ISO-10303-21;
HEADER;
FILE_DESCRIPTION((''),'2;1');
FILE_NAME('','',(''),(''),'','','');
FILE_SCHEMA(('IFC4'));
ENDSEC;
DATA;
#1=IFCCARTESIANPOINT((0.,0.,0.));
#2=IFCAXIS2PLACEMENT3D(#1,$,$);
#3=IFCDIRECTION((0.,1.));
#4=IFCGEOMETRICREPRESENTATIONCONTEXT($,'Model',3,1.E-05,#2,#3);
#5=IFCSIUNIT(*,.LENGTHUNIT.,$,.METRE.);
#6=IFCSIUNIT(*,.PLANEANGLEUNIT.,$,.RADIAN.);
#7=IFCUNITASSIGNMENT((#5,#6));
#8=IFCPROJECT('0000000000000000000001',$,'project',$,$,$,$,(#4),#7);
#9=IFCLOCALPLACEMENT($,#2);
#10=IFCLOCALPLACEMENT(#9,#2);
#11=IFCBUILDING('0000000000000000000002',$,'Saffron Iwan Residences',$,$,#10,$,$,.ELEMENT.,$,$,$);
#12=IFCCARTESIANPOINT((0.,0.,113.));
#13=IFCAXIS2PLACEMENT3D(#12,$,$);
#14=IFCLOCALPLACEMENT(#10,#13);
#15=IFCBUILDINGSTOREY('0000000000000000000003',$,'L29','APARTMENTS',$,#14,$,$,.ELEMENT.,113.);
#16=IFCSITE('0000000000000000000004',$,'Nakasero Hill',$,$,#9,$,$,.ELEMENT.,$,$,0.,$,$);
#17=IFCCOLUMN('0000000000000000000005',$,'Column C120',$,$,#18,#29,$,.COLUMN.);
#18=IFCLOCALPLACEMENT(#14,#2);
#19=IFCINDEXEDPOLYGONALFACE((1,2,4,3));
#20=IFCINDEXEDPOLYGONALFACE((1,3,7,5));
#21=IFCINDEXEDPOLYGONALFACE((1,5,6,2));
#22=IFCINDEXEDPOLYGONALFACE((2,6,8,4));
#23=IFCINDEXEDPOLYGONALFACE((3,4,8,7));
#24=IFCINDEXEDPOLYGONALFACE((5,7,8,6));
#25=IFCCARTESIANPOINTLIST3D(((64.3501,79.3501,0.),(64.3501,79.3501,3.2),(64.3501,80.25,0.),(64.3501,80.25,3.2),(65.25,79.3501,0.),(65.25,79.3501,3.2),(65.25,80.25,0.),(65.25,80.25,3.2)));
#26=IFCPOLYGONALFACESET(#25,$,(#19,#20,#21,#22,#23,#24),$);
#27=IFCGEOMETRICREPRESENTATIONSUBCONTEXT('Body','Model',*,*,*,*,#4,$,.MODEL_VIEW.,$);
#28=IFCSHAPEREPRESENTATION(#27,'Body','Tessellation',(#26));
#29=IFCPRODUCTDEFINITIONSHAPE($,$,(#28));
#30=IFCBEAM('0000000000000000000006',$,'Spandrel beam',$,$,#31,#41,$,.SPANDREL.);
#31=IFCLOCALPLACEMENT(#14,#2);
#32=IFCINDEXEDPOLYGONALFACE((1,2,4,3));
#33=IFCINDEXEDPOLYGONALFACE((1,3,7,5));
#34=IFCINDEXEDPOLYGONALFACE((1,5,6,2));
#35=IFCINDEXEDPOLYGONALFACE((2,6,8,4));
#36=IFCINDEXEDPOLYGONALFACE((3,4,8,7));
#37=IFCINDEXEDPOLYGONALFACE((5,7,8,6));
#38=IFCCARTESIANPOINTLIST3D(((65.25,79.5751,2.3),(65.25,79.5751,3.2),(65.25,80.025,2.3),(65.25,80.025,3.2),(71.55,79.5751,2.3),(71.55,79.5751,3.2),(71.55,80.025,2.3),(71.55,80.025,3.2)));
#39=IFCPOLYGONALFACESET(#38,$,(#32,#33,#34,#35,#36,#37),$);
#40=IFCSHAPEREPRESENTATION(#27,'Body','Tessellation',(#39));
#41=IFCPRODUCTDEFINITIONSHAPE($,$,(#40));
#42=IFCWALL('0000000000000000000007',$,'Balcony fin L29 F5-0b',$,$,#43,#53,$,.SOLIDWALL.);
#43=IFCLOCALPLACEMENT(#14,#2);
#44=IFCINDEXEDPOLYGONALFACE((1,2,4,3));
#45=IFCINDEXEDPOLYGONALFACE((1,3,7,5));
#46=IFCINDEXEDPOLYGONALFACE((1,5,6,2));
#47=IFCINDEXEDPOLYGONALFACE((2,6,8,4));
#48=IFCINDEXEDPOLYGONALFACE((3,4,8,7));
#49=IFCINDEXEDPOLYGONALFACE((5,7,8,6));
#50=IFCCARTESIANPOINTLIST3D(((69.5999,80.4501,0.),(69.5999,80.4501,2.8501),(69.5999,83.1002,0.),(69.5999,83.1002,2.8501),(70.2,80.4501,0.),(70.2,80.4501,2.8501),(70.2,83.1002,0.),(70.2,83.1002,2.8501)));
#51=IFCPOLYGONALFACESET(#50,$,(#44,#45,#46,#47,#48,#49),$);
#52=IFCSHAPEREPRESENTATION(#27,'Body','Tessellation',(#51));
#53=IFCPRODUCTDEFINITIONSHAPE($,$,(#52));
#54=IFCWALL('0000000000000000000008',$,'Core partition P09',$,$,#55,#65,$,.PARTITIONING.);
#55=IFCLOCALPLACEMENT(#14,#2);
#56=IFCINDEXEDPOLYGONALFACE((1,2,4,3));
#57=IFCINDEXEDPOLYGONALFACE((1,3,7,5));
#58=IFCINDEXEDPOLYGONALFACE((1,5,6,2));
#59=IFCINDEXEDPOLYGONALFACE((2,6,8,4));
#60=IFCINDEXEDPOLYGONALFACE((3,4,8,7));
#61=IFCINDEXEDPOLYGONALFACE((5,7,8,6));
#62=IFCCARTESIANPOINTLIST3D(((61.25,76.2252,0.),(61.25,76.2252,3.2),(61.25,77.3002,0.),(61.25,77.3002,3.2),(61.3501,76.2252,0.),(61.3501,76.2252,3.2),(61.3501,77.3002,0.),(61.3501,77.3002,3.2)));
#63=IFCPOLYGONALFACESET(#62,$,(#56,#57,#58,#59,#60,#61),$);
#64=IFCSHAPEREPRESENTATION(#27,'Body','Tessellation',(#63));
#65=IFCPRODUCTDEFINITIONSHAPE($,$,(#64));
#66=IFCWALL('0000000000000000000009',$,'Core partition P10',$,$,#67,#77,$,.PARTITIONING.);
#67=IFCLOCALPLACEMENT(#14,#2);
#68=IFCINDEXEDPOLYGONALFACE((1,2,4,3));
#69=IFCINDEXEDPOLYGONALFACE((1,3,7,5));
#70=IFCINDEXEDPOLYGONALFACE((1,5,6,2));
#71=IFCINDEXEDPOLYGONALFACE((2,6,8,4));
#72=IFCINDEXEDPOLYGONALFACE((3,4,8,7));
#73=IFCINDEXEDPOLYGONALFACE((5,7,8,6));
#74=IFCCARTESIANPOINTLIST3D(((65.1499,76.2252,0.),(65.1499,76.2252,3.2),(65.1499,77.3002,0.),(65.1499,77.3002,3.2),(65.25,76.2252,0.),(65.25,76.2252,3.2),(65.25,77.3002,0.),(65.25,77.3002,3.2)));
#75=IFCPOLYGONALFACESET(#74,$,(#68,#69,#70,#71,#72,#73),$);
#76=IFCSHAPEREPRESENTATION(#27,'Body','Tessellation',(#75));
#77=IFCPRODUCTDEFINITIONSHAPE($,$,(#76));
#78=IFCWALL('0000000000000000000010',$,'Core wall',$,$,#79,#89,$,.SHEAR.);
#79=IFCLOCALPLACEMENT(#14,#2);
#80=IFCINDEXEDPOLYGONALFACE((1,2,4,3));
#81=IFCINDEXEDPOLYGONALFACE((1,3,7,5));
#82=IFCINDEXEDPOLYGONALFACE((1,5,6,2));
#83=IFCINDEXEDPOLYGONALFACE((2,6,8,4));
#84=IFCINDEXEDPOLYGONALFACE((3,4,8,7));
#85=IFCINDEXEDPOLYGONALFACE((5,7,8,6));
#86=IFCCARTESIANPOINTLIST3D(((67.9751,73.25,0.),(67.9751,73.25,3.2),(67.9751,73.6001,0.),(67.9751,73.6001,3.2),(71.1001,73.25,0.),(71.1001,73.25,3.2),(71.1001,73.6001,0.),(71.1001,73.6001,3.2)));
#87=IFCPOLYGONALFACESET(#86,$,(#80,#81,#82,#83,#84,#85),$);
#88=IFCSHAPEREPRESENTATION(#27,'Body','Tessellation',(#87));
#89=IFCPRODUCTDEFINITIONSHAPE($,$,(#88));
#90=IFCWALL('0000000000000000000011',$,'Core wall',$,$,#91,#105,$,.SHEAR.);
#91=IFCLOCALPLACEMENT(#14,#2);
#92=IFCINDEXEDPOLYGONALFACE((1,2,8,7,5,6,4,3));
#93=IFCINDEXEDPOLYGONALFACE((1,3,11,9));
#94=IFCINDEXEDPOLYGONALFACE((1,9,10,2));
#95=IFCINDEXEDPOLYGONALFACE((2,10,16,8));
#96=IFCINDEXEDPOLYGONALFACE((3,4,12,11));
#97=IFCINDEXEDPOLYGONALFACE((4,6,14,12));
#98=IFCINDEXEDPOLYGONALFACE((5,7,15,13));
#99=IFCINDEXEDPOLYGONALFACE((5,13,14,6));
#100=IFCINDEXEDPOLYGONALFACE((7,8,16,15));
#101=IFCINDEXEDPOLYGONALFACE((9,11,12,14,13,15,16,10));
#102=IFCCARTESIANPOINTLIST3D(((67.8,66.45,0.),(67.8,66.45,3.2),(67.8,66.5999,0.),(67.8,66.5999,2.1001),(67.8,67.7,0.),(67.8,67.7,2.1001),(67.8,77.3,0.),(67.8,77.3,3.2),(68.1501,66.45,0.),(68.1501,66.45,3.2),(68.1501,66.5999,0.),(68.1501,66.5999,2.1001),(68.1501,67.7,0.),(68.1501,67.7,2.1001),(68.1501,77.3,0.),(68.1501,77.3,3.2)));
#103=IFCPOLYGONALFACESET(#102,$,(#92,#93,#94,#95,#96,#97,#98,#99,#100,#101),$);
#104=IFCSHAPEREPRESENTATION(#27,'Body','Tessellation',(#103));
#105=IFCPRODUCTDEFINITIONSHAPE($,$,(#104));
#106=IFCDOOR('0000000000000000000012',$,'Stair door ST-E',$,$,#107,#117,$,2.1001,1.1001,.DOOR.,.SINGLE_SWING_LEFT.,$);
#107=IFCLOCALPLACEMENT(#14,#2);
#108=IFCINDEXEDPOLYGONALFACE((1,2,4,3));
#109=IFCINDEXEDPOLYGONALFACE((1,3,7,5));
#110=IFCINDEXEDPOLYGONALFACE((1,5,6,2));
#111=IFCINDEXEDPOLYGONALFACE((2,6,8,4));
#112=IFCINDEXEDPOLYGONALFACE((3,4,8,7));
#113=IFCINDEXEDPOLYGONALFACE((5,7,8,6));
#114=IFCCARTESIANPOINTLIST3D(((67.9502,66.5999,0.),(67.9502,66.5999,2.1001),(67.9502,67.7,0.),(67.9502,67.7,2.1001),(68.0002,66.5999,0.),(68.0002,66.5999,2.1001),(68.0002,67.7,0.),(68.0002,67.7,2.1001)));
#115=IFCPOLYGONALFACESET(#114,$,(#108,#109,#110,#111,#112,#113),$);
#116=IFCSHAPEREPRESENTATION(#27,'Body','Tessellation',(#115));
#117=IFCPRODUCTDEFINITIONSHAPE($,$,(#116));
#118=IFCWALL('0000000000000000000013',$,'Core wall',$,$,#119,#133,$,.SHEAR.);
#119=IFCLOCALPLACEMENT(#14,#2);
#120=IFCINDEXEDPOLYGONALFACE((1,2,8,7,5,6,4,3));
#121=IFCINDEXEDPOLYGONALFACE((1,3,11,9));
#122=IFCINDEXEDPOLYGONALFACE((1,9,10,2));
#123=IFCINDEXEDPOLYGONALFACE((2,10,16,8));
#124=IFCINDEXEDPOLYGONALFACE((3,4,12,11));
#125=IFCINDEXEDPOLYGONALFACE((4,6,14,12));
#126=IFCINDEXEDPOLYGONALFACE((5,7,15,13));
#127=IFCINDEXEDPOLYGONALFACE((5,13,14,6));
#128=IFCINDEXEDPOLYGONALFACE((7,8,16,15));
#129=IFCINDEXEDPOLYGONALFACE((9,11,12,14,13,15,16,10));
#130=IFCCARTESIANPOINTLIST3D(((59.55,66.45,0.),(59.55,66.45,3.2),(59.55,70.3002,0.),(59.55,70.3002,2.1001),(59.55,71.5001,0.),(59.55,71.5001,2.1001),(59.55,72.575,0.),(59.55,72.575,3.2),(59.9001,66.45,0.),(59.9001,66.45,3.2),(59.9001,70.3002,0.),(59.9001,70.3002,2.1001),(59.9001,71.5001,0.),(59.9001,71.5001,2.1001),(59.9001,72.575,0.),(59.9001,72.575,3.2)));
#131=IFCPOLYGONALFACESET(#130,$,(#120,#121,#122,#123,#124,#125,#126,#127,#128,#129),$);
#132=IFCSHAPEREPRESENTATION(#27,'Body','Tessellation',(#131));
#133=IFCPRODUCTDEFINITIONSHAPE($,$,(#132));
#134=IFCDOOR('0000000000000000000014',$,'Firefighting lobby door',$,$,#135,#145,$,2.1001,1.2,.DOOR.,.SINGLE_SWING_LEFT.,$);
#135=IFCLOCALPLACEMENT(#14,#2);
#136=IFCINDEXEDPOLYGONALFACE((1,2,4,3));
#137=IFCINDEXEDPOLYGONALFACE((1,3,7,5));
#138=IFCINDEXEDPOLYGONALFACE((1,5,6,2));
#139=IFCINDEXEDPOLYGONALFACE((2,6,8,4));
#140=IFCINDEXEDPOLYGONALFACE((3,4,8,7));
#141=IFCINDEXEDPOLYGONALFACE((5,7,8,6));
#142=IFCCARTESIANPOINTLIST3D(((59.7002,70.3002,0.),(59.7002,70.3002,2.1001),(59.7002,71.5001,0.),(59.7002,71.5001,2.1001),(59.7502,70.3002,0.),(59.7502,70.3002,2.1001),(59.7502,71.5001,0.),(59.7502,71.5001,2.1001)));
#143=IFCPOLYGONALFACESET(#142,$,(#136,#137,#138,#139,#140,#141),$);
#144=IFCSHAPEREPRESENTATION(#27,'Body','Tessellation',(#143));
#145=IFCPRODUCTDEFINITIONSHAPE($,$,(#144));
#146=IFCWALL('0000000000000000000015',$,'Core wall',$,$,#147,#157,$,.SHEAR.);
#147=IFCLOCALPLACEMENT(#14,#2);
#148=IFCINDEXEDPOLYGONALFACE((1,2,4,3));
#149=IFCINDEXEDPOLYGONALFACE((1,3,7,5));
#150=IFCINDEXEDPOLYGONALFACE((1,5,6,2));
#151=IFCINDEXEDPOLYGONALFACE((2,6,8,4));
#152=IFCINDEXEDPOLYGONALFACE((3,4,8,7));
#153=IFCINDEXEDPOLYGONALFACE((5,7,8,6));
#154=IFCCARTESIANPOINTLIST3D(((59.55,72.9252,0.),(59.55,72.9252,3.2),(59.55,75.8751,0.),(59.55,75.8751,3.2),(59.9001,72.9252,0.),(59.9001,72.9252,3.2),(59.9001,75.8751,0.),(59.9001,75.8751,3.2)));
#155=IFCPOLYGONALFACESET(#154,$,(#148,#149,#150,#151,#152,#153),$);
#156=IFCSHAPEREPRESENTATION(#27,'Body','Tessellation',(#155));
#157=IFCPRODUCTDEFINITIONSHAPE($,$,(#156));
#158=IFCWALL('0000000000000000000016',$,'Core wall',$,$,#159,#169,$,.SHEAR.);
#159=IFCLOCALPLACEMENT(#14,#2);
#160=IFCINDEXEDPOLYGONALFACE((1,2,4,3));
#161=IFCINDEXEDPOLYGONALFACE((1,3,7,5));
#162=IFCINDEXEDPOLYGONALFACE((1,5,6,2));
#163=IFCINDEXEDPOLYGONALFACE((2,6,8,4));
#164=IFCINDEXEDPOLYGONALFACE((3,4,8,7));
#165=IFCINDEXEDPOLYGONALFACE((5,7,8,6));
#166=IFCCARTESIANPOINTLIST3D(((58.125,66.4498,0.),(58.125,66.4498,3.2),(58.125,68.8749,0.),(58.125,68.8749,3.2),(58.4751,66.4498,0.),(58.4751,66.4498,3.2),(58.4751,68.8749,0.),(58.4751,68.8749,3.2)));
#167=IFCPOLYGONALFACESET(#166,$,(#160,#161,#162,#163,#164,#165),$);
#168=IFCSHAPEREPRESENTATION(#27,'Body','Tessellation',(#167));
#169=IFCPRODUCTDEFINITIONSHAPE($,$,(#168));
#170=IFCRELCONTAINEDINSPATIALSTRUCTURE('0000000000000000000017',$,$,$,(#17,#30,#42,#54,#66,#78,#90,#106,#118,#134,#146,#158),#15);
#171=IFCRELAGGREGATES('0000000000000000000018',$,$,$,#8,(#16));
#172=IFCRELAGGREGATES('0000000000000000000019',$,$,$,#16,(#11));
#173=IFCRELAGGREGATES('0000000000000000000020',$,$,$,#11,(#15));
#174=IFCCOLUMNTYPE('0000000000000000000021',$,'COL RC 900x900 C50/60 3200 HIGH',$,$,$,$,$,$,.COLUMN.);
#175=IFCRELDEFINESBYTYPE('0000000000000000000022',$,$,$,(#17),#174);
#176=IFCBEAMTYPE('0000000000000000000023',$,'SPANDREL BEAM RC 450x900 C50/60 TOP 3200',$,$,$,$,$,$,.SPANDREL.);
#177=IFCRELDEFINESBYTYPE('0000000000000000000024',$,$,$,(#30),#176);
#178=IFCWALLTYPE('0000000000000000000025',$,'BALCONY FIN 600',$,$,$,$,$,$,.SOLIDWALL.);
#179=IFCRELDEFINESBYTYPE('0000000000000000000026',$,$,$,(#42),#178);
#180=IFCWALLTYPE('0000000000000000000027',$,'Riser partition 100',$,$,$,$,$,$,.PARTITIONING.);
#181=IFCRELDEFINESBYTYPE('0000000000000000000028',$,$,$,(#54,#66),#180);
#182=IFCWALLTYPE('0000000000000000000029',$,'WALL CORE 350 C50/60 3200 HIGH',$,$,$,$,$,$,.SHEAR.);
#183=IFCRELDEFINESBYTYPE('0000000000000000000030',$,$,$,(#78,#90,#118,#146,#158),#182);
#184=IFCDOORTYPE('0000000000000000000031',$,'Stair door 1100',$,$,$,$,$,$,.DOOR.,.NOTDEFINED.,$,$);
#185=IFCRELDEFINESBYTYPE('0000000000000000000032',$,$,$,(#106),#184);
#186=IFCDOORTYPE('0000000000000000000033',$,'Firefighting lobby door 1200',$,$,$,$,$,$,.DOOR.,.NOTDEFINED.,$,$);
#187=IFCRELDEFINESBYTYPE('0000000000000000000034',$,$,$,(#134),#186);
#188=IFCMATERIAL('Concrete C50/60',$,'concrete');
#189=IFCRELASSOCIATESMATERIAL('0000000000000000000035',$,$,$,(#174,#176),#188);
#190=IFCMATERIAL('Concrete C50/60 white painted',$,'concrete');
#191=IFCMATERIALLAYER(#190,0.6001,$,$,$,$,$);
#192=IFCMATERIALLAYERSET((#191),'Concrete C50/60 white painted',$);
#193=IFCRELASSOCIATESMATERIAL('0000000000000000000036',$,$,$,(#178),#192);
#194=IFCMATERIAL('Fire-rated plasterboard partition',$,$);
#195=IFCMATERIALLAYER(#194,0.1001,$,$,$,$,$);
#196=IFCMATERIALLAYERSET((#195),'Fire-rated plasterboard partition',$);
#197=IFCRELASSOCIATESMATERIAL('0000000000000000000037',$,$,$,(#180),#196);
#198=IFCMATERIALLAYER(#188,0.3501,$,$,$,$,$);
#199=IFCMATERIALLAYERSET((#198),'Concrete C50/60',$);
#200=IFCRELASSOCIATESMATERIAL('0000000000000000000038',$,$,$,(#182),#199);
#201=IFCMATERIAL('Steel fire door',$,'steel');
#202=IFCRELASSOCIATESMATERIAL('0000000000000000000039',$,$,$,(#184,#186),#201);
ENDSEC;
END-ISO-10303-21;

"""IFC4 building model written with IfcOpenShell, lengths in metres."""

from ifc_helpers import new_model, si_unit, direction, frame, frame_2d, origin, origin_2d, place, context, subcontext, project, spatial, rectangle, extrude, source, transform, mapped, material, layer, layer_set, material_profile, profile_set, type_object, element, fill, save


model = new_model("IFC4")

# Units and contexts
model_context = context("Model", 3, precision=1e-05, world=origin(), true_north=direction((0.0, 1.0)))
body_context = subcontext(model_context, "Body", "Model", "MODEL_VIEW")
ifc_project = project(units=[si_unit("LENGTHUNIT", "METRE"), si_unit("PLANEANGLEUNIT", "RADIAN")], contexts=[model_context])

# Site, building, storey
site_placement = place(None, origin())
site = spatial("IfcSite", under=ifc_project, at=site_placement, Name="Nakasero Hill", CompositionType="ELEMENT", RefElevation=0.0)
building_placement = place(site_placement, origin())
building = spatial("IfcBuilding", under=site, at=building_placement, Name="Saffron Iwan Residences", CompositionType="ELEMENT")
storey_placement = place(building_placement, frame((0.0, 0.0, 113.0)))
storey = spatial("IfcBuildingStorey", under=building, at=storey_placement, Name="L29", Description="APARTMENTS", CompositionType="ELEMENT", Elevation=113.0)

# Column
ifc_material_1 = material(Name="Concrete C50/60", Category="concrete")
ifc_material_profile_1 = material_profile(ifc_material_1, rectangle(XDim=0.8999, YDim=0.8999, at=origin_2d()), Name="RC 900x900")
ifc_profile_set_1 = profile_set([ifc_material_profile_1], Name="Concrete C50/60")
column_type = type_object("IfcColumnType", Name="COL RC 900x900 C50/60 3200 HIGH", PredefinedType="COLUMN", material=ifc_profile_set_1)
shared_shape_1 = source(origin(), body_context, "Body", "SweptSolid", [
    extrude(rectangle(XDim=0.8999, YDim=0.8999, at=origin_2d()), origin(), (0.0, 0.0, 1.0), 3.2),
])
column_placement = place(storey_placement, frame((64.8, 79.8, 0.0), z_axis=(0.0, 0.0, 1.0), x_axis=(1.0, 0.0, 0.0)))
element("IfcColumn", 1, at=column_placement, inside=storey, type_object=column_type, Name="Column C120", PredefinedType="COLUMN", context=body_context, shape_type="MappedRepresentation", body=[
    mapped(shared_shape_1, transform((0.0, 0.0, 0.0))),
])

# Beam
ifc_material_profile_2 = material_profile(ifc_material_1, rectangle(XDim=0.45, YDim=0.8999, at=origin_2d()), Name="RC 450x900")
ifc_profile_set_2 = profile_set([ifc_material_profile_2], Name="Concrete C50/60")
beam_type = type_object("IfcBeamType", Name="SPANDREL BEAM RC 450x900 C50/60 TOP 3200", PredefinedType="SPANDREL", material=ifc_profile_set_2)
shared_shape_2 = source(origin(), body_context, "Body", "SweptSolid", [
    extrude(rectangle(XDim=0.45, YDim=0.8999, at=origin_2d()), origin(), (0.0, 0.0, 1.0), 6.3),
])
beam_placement = place(storey_placement, frame((65.25, 79.8, 2.75), z_axis=(1.0, 0.0, 0.0), x_axis=(0.0, 1.0, 0.0)))
element("IfcBeam", 2, at=beam_placement, inside=storey, type_object=beam_type, Name="Spandrel beam", PredefinedType="SPANDREL", context=body_context, shape_type="MappedRepresentation", body=[
    mapped(shared_shape_2, transform((0.0, 0.0, 0.0))),
])

# Walls
ifc_material_2 = material(Name="Concrete C50/60 white painted", Category="concrete")
ifc_layer_1 = layer(ifc_material_2, 0.6001)
ifc_layer_set_1 = layer_set([ifc_layer_1], Name="Concrete C50/60 white painted")
wall_type_1 = type_object("IfcWallType", Name="BALCONY FIN 600", PredefinedType="SOLIDWALL", material=ifc_layer_set_1)
wall_1_placement = place(storey_placement, frame((69.8999, 80.45, 0.0), z_axis=(0.0, 0.0, 1.0), x_axis=(0.0, 1.0, 0.0)))
element("IfcWall", 3, at=wall_1_placement, inside=storey, type_object=wall_type_1, Name="Balcony fin L29 F5-0b", PredefinedType="SOLIDWALL", context=body_context, shape_type="SweptSolid", body=[
    extrude(rectangle(XDim=2.6501, YDim=0.6001, at=frame_2d((1.3252, 0.0))), origin(), (0.0, 0.0, 1.0), 2.8501),
])
ifc_material_3 = material(Name="Fire-rated plasterboard partition")
ifc_layer_2 = layer(ifc_material_3, 0.1001)
ifc_layer_set_2 = layer_set([ifc_layer_2], Name="Fire-rated plasterboard partition")
wall_type_2 = type_object("IfcWallType", Name="Riser partition 100", PredefinedType="PARTITIONING", material=ifc_layer_set_2)
for number, where, z_axis, x_axis, name in (
    (4, (61.3, 76.2251, 0.0), (0.0, 0.0, 1.0), (0.0, 1.0, 0.0), "Core partition P09"),
    (5, (65.2, 76.2251, 0.0), (0.0, 0.0, 1.0), (0.0, 1.0, 0.0), "Core partition P10"),
):
    element("IfcWall", number, at=place(storey_placement, frame(where, z_axis=z_axis, x_axis=x_axis)), inside=storey, type_object=wall_type_2, Name=name, PredefinedType="PARTITIONING", context=body_context, shape_type="SweptSolid", body=[
        extrude(rectangle(XDim=1.075, YDim=0.1001, at=frame_2d((0.5376, 0.0))), origin(), (0.0, 0.0, 1.0), 3.2),
    ])
ifc_layer_3 = layer(ifc_material_1, 0.3501)
ifc_layer_set_3 = layer_set([ifc_layer_3], Name="Concrete C50/60")
wall_type_3 = type_object("IfcWallType", Name="WALL CORE 350 C50/60 3200 HIGH", PredefinedType="SHEAR", material=ifc_layer_set_3)
wall_2_placement = place(storey_placement, frame((67.9751, 73.425, 0.0), z_axis=(0.0, 0.0, 1.0), x_axis=(1.0, 0.0, 0.0)))
element("IfcWall", 6, at=wall_2_placement, inside=storey, type_object=wall_type_3, Name="Core wall", PredefinedType="SHEAR", context=body_context, shape_type="SweptSolid", body=[
    extrude(rectangle(XDim=3.125, YDim=0.3501, at=frame_2d((1.5625, 0.0))), origin(), (0.0, 0.0, 1.0), 3.2),
])

# Walls, openings, doors
wall_3_placement = place(storey_placement, frame((67.9751, 66.45, 0.0), z_axis=(0.0, 0.0, 1.0), x_axis=(0.0, 1.0, 0.0)))
wall_3 = element("IfcWall", 7, at=wall_3_placement, inside=storey, type_object=wall_type_3, Name="Core wall", PredefinedType="SHEAR", context=body_context, shape_type="SweptSolid", body=[
    extrude(rectangle(XDim=10.8501, YDim=0.3501, at=frame_2d((5.425, 0.0))), origin(), (0.0, 0.0, 1.0), 3.2),
])
opening_1_placement = place(wall_3_placement, frame((0.1499, 0.0, 0.0)))
opening_1 = element("IfcOpeningElement", 8, at=opening_1_placement, cuts=wall_3, PredefinedType="OPENING", context=body_context, shape_type="SweptSolid", body=[
    extrude(rectangle(XDim=1.1001, YDim=2.1001, at=frame_2d((0.55, 1.05))), frame((0.0, 0.1851, 0.0), z_axis=(0.0, -1.0, 0.0), x_axis=(1.0, 0.0, 0.0)), (0.0, 0.0, 1.0), 0.3701),
])
ifc_material_4 = material(Name="Steel fire door", Category="steel")
door_type_1 = type_object("IfcDoorType", Name="Stair door 1100", OperationType="NOTDEFINED", PredefinedType="DOOR", material=ifc_material_4)
door_1_placement = place(opening_1_placement, origin())
door_1 = element("IfcDoor", 9, at=door_1_placement, inside=storey, type_object=door_type_1, Name="Stair door ST-E", OperationType="SINGLE_SWING_LEFT", OverallHeight=2.1001, OverallWidth=1.1001, PredefinedType="DOOR", context=body_context, shape_type="SweptSolid", body=[
    extrude(rectangle(XDim=1.1001, YDim=2.1001, at=frame_2d((0.55, 1.05))), frame((0.0, 0.0249, 0.0), z_axis=(0.0, -1.0, 0.0), x_axis=(1.0, 0.0, 0.0)), (0.0, 0.0, 1.0), 0.05),
])
fill(opening_1, door_1)
wall_4_placement = place(storey_placement, frame((59.7251, 66.45, 0.0), z_axis=(0.0, 0.0, 1.0), x_axis=(0.0, 1.0, 0.0)))
wall_4 = element("IfcWall", 10, at=wall_4_placement, inside=storey, type_object=wall_type_3, Name="Core wall", PredefinedType="SHEAR", context=body_context, shape_type="SweptSolid", body=[
    extrude(rectangle(XDim=6.125, YDim=0.3501, at=frame_2d((3.0625, 0.0))), origin(), (0.0, 0.0, 1.0), 3.2),
])
opening_2_placement = place(wall_4_placement, frame((3.8501, 0.0, 0.0)))
opening_2 = element("IfcOpeningElement", 11, at=opening_2_placement, cuts=wall_4, PredefinedType="OPENING", context=body_context, shape_type="SweptSolid", body=[
    extrude(rectangle(XDim=1.2, YDim=2.1001, at=frame_2d((0.6001, 1.05))), frame((0.0, 0.1851, 0.0), z_axis=(0.0, -1.0, 0.0), x_axis=(1.0, 0.0, 0.0)), (0.0, 0.0, 1.0), 0.3701),
])
door_type_2 = type_object("IfcDoorType", Name="Firefighting lobby door 1200", OperationType="NOTDEFINED", PredefinedType="DOOR", material=ifc_material_4)
door_2_placement = place(opening_2_placement, origin())
door_2 = element("IfcDoor", 12, at=door_2_placement, inside=storey, type_object=door_type_2, Name="Firefighting lobby door", OperationType="SINGLE_SWING_LEFT", OverallHeight=2.1001, OverallWidth=1.2, PredefinedType="DOOR", context=body_context, shape_type="SweptSolid", body=[
    extrude(rectangle(XDim=1.2, YDim=2.1001, at=frame_2d((0.6001, 1.05))), frame((0.0, 0.0249, 0.0), z_axis=(0.0, -1.0, 0.0), x_axis=(1.0, 0.0, 0.0)), (0.0, 0.0, 1.0), 0.05),
])
fill(opening_2, door_2)

# Walls
wall_5_placement = place(storey_placement, frame((59.7251, 72.925, 0.0), z_axis=(0.0, 0.0, 1.0), x_axis=(0.0, 1.0, 0.0)))
element("IfcWall", 13, at=wall_5_placement, inside=storey, type_object=wall_type_3, Name="Core wall", PredefinedType="SHEAR", context=body_context, shape_type="SweptSolid", body=[
    extrude(rectangle(XDim=2.95, YDim=0.3501, at=frame_2d((1.4751, 0.0))), origin(), (0.0, 0.0, 1.0), 3.2),
])
wall_6_placement = place(storey_placement, frame((58.3, 66.45, 0.0), z_axis=(0.0, 0.0, 1.0), x_axis=(0.0, 1.0, 0.0)))
element("IfcWall", 14, at=wall_6_placement, inside=storey, type_object=wall_type_3, Name="Core wall", PredefinedType="SHEAR", context=body_context, shape_type="SweptSolid", body=[
    extrude(rectangle(XDim=2.425, YDim=0.3501, at=frame_2d((1.2124, 0.0))), origin(), (0.0, 0.0, 1.0), 3.2),
])

save(model, "model.ifc")
